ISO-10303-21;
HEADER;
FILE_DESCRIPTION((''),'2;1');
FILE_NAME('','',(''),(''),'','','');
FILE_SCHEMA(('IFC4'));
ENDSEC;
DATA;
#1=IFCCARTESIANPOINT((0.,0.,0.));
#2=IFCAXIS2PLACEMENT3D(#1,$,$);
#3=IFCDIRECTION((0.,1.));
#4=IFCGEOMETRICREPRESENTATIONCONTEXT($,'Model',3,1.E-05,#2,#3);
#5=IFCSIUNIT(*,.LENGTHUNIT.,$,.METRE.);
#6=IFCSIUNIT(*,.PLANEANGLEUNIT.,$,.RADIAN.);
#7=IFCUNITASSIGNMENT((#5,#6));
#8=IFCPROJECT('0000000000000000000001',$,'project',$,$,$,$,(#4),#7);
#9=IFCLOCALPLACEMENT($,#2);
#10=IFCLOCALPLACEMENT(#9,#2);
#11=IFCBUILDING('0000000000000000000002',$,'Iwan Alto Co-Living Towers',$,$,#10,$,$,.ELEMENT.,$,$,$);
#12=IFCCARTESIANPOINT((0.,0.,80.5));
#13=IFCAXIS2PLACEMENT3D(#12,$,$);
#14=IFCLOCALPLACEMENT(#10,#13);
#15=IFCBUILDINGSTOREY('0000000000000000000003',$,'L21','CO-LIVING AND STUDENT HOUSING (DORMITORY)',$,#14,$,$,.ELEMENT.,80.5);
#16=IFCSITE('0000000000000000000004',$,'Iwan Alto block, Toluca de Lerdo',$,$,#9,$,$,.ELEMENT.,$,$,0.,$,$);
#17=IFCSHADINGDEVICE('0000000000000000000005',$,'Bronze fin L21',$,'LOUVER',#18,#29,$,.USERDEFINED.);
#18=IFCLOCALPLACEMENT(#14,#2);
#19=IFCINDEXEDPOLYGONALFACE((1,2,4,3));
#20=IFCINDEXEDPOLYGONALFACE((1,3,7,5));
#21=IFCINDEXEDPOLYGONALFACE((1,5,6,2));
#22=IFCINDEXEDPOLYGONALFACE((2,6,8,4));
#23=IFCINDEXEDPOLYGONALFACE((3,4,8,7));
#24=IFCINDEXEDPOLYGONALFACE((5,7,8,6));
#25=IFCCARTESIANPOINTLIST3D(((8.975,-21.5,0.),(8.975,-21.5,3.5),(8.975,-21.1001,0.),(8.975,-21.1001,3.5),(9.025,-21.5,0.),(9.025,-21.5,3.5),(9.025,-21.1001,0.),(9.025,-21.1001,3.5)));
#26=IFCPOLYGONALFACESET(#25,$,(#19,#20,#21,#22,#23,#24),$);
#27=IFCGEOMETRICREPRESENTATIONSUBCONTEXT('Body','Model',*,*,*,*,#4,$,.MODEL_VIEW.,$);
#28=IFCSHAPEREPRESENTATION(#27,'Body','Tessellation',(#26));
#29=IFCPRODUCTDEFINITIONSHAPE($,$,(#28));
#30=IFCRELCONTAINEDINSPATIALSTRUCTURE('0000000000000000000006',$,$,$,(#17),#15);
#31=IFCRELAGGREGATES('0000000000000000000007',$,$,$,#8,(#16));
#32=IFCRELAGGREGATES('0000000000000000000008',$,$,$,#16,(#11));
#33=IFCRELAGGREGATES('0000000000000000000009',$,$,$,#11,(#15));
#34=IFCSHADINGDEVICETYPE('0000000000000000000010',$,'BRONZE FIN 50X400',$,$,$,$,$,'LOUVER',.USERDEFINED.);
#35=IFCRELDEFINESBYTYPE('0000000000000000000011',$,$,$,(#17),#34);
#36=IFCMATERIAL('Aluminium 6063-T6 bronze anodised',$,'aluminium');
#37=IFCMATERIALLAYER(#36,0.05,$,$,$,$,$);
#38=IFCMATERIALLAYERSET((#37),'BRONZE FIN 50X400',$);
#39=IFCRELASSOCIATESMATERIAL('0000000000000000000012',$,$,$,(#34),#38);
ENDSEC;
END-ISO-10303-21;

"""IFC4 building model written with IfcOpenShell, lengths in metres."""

from ifc_helpers import new_model, si_unit, direction, frame, origin, origin_2d, place, context, subcontext, project, spatial, rectangle, extrude, material, layer, layer_set, type_object, element, save


model = new_model("IFC4")

# Units and contexts
model_context = context("Model", 3, precision=1e-05, world=origin(), true_north=direction((0.0, 1.0)))
body_context = subcontext(model_context, "Body", "Model", "MODEL_VIEW")
ifc_project = project(units=[si_unit("LENGTHUNIT", "METRE"), si_unit("PLANEANGLEUNIT", "RADIAN")], contexts=[model_context])

# Site, building, storey
site_placement = place(None, origin())
site = spatial("IfcSite", under=ifc_project, at=site_placement, Name="Iwan Alto block, Toluca de Lerdo", CompositionType="ELEMENT", RefElevation=0.0)
building_placement = place(site_placement, origin())
building = spatial("IfcBuilding", under=site, at=building_placement, Name="Iwan Alto Co-Living Towers", CompositionType="ELEMENT")
storey_placement = place(building_placement, frame((0.0, 0.0, 80.5)))
storey = spatial("IfcBuildingStorey", under=building, at=storey_placement, Name="L21", Description="CO-LIVING AND STUDENT HOUSING (DORMITORY)", CompositionType="ELEMENT", Elevation=80.5)

# Shading device
ifc_material_1 = material(Name="Aluminium 6063-T6 bronze anodised", Category="aluminium")
ifc_layer_1 = layer(ifc_material_1, 0.05)
ifc_layer_set_1 = layer_set([ifc_layer_1], Name="BRONZE FIN 50X400")
shading_device_type = type_object("IfcShadingDeviceType", Name="BRONZE FIN 50X400", ElementType="LOUVER", PredefinedType="USERDEFINED", material=ifc_layer_set_1)
shading_device_placement = place(storey_placement, frame((9.0, -21.3, 0.0), z_axis=(0.0, 0.0, 1.0), x_axis=(1.0, 0.0, 0.0)))
element("IfcShadingDevice", 1, at=shading_device_placement, inside=storey, type_object=shading_device_type, Name="Bronze fin L21", ObjectType="LOUVER", PredefinedType="USERDEFINED", context=body_context, shape_type="SweptSolid", body=[
    extrude(rectangle(XDim=0.05, YDim=0.3999, at=origin_2d()), origin(), (0.0, 0.0, 1.0), 3.5),
])

save(model, "model.ifc")
